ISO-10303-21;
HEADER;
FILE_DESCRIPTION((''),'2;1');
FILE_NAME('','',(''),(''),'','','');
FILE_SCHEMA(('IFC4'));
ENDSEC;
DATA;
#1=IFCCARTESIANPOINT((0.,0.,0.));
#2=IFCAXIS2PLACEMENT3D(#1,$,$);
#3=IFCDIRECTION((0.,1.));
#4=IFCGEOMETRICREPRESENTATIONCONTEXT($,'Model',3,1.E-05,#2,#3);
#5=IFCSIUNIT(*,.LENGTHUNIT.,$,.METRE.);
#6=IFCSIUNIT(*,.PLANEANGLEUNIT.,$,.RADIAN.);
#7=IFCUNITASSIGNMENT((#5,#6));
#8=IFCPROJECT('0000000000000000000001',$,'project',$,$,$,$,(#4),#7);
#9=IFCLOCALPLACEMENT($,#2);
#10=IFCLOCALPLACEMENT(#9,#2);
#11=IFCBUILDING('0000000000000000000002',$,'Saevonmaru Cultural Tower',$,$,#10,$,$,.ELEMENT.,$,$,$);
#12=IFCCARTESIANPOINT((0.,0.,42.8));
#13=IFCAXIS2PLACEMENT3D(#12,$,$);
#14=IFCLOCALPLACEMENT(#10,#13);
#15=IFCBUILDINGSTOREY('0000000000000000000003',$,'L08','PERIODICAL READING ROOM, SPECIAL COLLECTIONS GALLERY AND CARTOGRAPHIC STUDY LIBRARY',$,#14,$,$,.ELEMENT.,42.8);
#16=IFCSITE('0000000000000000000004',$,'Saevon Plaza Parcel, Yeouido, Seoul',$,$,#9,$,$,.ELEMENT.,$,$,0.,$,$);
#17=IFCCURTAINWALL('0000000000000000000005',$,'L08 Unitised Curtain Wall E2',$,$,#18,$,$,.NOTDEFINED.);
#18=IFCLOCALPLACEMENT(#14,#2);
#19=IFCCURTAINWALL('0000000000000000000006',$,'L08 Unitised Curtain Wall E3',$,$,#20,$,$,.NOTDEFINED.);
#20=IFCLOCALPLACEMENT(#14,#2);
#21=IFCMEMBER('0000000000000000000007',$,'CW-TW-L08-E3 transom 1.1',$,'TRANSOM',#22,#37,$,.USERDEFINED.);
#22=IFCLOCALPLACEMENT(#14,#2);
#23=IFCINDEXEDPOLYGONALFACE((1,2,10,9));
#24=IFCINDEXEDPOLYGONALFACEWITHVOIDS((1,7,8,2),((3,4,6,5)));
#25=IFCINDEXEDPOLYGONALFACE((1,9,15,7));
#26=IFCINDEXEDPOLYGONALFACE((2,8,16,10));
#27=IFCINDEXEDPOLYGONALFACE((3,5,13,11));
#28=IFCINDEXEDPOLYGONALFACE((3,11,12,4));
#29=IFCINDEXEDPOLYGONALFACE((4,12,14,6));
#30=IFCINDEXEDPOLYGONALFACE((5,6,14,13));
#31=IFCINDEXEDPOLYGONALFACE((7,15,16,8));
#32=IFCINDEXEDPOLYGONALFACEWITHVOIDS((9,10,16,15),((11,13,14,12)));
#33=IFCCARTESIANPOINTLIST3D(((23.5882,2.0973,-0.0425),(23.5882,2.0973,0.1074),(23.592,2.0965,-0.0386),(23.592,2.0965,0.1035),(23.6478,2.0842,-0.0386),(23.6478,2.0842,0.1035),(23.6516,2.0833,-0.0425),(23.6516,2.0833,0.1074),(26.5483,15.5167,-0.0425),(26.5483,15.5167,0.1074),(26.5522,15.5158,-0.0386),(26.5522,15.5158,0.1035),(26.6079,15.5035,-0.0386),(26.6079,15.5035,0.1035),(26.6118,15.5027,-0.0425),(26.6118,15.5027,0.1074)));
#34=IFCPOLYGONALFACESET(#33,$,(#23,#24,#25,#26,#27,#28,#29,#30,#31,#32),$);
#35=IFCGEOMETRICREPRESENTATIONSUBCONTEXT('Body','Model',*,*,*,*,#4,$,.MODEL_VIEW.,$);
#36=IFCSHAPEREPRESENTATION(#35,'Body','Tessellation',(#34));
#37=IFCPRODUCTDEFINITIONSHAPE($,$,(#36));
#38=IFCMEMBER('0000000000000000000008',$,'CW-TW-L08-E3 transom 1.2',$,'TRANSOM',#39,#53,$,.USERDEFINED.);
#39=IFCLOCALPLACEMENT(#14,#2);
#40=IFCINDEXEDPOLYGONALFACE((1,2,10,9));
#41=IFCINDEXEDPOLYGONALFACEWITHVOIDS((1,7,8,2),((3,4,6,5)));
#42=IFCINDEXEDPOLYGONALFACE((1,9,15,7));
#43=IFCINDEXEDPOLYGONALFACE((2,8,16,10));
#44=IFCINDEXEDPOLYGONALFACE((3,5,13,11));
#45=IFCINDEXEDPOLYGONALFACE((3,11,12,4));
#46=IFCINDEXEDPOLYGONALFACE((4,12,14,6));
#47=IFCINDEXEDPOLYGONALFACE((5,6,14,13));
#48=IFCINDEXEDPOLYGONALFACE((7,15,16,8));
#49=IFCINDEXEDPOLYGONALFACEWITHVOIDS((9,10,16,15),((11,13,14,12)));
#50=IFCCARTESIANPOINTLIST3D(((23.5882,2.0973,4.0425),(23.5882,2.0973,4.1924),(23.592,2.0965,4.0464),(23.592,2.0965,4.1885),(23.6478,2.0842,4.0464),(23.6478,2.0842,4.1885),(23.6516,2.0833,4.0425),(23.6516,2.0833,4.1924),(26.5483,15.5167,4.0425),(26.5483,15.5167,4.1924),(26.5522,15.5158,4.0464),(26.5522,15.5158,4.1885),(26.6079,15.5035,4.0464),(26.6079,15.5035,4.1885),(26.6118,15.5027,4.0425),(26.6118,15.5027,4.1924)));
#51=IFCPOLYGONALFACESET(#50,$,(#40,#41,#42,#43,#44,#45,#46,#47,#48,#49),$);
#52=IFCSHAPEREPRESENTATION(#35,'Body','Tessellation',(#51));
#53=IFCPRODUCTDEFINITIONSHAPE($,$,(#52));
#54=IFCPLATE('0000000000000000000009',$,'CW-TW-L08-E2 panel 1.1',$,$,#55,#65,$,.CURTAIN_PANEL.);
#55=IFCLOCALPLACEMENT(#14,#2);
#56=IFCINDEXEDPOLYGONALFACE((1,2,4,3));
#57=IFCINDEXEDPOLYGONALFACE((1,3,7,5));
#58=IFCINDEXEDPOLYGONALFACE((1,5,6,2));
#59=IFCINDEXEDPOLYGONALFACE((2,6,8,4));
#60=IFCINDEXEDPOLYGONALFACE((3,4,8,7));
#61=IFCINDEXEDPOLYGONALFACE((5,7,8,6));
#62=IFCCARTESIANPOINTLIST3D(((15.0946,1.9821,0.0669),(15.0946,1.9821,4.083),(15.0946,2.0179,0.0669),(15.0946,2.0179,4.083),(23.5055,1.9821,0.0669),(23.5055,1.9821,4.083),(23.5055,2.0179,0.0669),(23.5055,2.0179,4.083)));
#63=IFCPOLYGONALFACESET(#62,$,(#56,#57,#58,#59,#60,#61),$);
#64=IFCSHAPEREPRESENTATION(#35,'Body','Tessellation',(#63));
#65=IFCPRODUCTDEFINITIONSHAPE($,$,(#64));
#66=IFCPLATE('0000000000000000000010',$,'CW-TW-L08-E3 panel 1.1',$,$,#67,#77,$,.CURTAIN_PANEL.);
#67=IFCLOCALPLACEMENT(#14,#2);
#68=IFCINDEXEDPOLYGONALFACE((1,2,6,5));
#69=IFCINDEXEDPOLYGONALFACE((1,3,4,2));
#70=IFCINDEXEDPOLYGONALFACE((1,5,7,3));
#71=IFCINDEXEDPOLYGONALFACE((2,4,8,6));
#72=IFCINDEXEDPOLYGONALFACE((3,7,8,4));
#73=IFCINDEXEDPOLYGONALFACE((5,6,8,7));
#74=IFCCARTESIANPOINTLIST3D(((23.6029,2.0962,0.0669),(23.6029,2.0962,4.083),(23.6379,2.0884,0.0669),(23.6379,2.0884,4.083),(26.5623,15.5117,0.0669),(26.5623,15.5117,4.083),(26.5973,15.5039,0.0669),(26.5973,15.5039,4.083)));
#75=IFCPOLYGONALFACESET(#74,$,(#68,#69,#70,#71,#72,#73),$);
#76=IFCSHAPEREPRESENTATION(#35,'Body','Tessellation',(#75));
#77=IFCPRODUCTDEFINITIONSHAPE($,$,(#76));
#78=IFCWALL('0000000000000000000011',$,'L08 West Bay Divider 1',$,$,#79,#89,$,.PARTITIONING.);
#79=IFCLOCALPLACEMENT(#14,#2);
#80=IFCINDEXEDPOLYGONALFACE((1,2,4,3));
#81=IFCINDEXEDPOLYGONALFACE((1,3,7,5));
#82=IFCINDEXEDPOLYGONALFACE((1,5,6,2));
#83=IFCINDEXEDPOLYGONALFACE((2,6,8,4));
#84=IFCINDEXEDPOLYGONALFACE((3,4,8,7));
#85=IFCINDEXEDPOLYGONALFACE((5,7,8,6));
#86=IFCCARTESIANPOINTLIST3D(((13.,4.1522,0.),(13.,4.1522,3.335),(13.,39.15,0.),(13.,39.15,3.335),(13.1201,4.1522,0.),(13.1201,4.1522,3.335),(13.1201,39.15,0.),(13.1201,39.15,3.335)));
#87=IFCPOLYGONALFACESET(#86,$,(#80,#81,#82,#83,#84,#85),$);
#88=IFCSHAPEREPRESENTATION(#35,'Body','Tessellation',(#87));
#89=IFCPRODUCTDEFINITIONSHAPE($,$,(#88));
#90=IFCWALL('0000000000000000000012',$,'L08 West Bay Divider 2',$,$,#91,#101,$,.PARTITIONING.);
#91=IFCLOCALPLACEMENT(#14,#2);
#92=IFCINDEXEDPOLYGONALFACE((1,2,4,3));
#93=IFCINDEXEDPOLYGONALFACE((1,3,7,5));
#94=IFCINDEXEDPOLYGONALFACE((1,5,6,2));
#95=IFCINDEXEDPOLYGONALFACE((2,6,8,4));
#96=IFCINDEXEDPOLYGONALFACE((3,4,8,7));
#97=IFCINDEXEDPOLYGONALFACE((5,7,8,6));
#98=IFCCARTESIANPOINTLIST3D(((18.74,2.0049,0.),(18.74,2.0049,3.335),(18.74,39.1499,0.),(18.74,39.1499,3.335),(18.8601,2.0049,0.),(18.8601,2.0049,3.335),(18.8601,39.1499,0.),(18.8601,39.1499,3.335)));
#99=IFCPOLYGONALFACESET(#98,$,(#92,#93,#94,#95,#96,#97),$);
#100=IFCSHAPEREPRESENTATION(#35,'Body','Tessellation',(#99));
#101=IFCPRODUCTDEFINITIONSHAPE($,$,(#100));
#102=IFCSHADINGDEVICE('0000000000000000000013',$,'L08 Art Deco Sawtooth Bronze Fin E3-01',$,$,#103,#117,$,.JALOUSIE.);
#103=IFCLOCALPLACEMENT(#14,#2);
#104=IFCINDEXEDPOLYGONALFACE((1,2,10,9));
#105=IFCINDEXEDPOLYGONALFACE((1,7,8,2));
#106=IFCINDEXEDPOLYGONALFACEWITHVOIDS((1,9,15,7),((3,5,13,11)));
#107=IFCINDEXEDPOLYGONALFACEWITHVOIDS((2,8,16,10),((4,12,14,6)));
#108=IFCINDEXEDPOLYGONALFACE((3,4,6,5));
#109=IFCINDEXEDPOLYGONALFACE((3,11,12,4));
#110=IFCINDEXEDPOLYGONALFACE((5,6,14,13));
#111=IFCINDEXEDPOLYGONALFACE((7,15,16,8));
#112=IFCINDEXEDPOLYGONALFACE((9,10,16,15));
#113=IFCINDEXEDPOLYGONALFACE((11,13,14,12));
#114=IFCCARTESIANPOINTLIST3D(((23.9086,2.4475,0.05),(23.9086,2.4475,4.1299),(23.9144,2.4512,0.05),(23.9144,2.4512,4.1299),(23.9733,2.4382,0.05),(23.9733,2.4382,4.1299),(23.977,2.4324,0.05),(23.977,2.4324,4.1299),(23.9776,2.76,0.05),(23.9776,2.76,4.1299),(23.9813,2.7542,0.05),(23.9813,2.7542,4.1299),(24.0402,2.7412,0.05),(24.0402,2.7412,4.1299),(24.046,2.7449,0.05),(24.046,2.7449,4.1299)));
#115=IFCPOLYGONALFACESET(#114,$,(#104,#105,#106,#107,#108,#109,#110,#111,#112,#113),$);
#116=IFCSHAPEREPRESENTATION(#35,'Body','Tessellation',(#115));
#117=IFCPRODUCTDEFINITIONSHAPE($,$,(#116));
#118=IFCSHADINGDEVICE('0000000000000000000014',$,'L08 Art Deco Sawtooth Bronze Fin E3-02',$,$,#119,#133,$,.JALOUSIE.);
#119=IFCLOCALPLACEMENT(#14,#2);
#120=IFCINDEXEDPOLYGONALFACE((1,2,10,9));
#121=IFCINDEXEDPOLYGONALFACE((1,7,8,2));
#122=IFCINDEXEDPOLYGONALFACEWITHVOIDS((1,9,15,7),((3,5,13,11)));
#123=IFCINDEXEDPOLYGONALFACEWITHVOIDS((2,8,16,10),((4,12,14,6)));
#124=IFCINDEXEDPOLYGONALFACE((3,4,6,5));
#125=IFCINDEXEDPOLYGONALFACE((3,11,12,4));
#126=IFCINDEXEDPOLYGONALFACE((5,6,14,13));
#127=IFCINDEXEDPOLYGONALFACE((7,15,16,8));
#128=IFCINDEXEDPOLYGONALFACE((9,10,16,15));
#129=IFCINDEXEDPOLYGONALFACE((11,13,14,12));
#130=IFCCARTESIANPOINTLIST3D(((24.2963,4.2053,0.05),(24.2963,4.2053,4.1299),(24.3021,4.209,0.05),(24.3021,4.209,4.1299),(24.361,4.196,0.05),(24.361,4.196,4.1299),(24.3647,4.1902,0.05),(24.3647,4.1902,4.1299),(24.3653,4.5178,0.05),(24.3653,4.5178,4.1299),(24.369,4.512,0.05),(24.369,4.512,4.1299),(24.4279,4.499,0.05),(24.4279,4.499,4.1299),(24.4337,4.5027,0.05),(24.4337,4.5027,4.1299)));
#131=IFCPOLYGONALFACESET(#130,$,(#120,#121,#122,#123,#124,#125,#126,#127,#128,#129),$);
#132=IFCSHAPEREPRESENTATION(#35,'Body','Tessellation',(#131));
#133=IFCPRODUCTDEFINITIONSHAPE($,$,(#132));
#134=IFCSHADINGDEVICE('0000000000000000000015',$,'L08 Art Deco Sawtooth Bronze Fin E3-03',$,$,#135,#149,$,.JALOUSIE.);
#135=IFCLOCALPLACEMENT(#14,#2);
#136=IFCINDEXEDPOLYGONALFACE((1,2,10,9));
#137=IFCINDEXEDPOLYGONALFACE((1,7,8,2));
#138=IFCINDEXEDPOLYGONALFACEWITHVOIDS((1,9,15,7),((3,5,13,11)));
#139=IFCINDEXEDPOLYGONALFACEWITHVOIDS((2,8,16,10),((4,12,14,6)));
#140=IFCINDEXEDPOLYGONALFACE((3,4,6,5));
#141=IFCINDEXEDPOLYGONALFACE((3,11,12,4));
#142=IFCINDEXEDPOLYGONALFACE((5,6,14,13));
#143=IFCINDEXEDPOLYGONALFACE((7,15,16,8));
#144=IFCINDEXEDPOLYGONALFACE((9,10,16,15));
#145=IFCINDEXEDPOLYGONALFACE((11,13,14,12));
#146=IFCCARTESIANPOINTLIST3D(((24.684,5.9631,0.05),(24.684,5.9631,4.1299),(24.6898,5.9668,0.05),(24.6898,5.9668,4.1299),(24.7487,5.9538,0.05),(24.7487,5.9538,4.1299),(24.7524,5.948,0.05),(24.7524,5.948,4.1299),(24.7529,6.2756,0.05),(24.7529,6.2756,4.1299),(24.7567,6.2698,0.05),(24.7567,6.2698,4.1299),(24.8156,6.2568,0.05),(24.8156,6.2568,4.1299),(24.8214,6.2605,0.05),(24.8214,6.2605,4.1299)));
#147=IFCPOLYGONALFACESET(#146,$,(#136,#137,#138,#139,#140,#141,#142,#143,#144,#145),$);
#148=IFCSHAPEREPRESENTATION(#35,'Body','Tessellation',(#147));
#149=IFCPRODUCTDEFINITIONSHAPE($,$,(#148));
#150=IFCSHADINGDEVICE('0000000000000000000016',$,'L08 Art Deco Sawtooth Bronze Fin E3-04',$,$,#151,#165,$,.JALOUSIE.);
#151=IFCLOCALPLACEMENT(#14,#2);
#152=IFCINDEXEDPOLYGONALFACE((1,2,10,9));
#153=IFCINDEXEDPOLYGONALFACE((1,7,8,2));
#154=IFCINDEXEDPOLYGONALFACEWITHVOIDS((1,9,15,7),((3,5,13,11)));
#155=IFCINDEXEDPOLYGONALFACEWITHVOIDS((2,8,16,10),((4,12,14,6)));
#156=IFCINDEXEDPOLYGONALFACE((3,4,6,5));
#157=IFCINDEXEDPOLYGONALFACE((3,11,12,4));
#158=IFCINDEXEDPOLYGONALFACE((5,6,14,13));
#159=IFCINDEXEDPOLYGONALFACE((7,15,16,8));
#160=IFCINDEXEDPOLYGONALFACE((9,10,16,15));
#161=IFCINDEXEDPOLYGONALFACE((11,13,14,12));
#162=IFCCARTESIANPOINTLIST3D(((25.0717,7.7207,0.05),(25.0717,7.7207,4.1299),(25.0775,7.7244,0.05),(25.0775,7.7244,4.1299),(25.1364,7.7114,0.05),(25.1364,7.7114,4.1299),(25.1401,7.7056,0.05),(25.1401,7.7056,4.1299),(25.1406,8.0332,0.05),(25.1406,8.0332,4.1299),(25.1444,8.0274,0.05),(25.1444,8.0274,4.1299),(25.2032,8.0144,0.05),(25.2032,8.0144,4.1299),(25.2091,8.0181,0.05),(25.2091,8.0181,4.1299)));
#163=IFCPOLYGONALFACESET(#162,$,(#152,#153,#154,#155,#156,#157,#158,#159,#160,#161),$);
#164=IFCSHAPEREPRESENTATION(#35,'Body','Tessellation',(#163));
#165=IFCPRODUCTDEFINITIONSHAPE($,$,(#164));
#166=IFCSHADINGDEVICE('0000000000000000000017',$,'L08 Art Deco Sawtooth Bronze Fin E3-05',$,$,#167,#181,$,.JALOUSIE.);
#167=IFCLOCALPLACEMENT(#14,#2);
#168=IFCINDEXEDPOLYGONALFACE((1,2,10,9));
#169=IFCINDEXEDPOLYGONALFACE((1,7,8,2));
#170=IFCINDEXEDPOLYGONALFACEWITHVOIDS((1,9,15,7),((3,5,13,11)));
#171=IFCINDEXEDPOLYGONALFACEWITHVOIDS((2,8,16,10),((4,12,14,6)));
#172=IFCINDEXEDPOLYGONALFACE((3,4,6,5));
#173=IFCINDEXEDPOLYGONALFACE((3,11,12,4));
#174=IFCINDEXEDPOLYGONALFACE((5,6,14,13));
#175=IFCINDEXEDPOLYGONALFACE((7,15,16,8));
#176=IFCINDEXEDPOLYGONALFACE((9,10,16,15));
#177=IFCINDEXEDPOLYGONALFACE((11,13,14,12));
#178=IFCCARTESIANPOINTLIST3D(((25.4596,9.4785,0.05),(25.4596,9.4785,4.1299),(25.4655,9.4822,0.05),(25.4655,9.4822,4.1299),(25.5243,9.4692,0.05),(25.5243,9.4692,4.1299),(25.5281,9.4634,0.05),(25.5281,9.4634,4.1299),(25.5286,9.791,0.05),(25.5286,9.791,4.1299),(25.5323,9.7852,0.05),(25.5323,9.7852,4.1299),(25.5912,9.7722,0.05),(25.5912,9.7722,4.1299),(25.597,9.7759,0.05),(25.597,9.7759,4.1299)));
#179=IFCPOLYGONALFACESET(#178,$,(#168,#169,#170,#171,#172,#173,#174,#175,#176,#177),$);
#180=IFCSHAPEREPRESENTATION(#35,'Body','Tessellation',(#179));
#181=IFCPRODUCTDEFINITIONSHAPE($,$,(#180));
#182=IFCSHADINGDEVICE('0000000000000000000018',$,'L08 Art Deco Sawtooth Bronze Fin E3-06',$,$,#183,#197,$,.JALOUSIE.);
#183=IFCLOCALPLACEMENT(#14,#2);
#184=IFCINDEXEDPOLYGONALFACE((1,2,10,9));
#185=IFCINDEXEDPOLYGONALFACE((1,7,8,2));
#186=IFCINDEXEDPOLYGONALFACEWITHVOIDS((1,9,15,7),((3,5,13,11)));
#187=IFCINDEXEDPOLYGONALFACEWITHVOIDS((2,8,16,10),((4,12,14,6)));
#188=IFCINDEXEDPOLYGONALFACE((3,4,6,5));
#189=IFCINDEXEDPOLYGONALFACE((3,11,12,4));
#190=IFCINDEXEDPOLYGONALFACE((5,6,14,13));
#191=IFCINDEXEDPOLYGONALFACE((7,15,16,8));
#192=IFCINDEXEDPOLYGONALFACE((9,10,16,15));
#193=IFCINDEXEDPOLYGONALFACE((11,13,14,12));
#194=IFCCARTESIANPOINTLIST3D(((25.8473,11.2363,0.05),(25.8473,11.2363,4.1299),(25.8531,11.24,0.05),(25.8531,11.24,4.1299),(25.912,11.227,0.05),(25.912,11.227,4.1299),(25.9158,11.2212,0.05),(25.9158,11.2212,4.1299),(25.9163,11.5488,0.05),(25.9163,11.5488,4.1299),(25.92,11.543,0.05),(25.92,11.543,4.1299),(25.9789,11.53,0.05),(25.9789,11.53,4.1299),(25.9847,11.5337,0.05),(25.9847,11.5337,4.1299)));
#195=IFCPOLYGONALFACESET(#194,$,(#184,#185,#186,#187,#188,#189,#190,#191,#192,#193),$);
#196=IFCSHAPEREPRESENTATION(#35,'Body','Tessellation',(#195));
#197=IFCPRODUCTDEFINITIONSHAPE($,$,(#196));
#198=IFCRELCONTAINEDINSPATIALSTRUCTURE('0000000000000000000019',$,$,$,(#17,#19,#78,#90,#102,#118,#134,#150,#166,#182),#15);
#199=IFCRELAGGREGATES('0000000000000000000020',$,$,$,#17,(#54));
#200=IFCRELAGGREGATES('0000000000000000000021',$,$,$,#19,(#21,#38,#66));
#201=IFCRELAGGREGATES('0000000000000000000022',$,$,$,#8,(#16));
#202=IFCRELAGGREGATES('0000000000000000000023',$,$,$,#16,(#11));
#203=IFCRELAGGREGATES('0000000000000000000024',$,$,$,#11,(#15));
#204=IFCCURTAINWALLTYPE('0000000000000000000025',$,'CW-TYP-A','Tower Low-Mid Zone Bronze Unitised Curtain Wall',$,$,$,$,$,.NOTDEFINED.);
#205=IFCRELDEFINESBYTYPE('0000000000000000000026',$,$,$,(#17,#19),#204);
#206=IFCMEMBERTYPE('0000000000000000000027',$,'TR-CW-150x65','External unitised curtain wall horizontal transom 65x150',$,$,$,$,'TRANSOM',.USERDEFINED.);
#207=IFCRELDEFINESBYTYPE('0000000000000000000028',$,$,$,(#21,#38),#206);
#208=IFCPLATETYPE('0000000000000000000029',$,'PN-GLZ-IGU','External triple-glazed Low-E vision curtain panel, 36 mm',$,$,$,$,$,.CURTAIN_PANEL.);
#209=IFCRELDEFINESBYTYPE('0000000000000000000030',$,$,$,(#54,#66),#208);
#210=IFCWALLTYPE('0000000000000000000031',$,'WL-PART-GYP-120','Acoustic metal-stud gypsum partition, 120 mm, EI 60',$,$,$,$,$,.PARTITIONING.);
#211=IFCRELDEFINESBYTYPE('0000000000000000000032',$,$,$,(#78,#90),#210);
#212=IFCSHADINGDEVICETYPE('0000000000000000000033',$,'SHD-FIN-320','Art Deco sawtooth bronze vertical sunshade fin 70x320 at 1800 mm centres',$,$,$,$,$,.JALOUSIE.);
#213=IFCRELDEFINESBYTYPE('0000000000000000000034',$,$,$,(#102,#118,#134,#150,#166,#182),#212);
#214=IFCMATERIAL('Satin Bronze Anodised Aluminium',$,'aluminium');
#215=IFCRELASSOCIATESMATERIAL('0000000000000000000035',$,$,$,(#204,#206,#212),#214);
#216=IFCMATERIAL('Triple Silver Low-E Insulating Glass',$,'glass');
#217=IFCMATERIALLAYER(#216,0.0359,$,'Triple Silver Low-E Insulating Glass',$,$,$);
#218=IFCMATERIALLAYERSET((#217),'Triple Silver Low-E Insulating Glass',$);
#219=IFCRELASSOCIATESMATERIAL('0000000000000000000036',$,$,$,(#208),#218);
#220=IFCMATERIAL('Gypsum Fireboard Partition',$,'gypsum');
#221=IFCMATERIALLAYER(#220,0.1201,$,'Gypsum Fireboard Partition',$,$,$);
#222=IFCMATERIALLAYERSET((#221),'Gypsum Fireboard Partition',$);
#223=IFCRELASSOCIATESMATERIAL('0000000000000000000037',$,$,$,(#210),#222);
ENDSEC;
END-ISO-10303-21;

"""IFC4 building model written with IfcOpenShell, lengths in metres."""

from ifc_helpers import new_model, si_unit, direction, frame, frame_2d, origin, origin_2d, place, context, subcontext, project, spatial, rectangle, hollow_rectangle, extrude, material, layer, layer_set, material_profile, profile_set, type_object, element, aggregate, save


model = new_model("IFC4")

# Units and contexts
model_context = context("Model", 3, precision=1e-05, world=origin(), true_north=direction((0.0, 1.0)))
body_context = subcontext(model_context, "Body", "Model", "MODEL_VIEW")
ifc_project = project(units=[si_unit("LENGTHUNIT", "METRE"), si_unit("PLANEANGLEUNIT", "RADIAN")], contexts=[model_context])

# Site, building, storey
site_placement = place(None, origin())
site = spatial("IfcSite", under=ifc_project, at=site_placement, Name="Saevon Plaza Parcel, Yeouido, Seoul", CompositionType="ELEMENT", RefElevation=0.0)
building_placement = place(site_placement, origin())
building = spatial("IfcBuilding", under=site, at=building_placement, Name="Saevonmaru Cultural Tower", CompositionType="ELEMENT")
storey_placement = place(building_placement, frame((0.0, 0.0, 42.8)))
storey = spatial("IfcBuildingStorey", under=building, at=storey_placement, Name="L08", Description="PERIODICAL READING ROOM, SPECIAL COLLECTIONS GALLERY AND CARTOGRAPHIC STUDY LIBRARY", CompositionType="ELEMENT", Elevation=42.8)

# Curtain wall
ifc_material_1 = material(Name="Satin Bronze Anodised Aluminium", Category="aluminium")
curtain_wall_type = type_object("IfcCurtainWallType", Name="CW-TYP-A", Description="Tower Low-Mid Zone Bronze Unitised Curtain Wall", PredefinedType="NOTDEFINED", material=ifc_material_1)
curtain_wall_1_placement = place(storey_placement, origin())
curtain_wall_1 = element("IfcCurtainWall", 1, at=curtain_wall_1_placement, inside=storey, type_object=curtain_wall_type, Name="L08 Unitised Curtain Wall E2", PredefinedType="NOTDEFINED")

# Curtain wall
curtain_wall_2_placement = place(storey_placement, origin())
curtain_wall_2 = element("IfcCurtainWall", 2, at=curtain_wall_2_placement, inside=storey, type_object=curtain_wall_type, Name="L08 Unitised Curtain Wall E3", PredefinedType="NOTDEFINED")

# Members
ifc_material_profile_1 = material_profile(ifc_material_1, hollow_rectangle(XDim=0.0649, YDim=0.1499, WallThickness=0.0039, at=origin_2d()), Name="ALU-TRAN-150x65x4")
ifc_profile_set_1 = profile_set([ifc_material_profile_1], Name="Satin Bronze Anodised Aluminium")
member_type_1 = type_object("IfcMemberType", Name="TR-CW-150x65", Description="External unitised curtain wall horizontal transom 65x150", ElementType="TRANSOM", PredefinedType="USERDEFINED", material=ifc_profile_set_1)
member_1_placement = place(storey_placement, frame((23.6199, 2.0903, 0.0325), z_axis=(0.215412, 0.976523, 0.0), x_axis=(-0.976523, 0.215412, 0.0)))
member_1 = element("IfcMember", 3, at=member_1_placement, type_object=member_type_1, Name="CW-TW-L08-E3 transom 1.1", ObjectType="TRANSOM", PredefinedType="USERDEFINED", context=body_context, shape_type="SweptSolid", body=[
    extrude(hollow_rectangle(XDim=0.0649, YDim=0.1499, WallThickness=0.0039, at=origin_2d()), origin(), (0.0, 0.0, 1.0), 13.7419),
])
member_2_placement = place(storey_placement, frame((23.6199, 2.0903, 4.1174), z_axis=(0.215412, 0.976523, 0.0), x_axis=(-0.976523, 0.215412, 0.0)))
member_2 = element("IfcMember", 4, at=member_2_placement, type_object=member_type_1, Name="CW-TW-L08-E3 transom 1.2", ObjectType="TRANSOM", PredefinedType="USERDEFINED", context=body_context, shape_type="SweptSolid", body=[
    extrude(hollow_rectangle(XDim=0.0649, YDim=0.1499, WallThickness=0.0039, at=origin_2d()), origin(), (0.0, 0.0, 1.0), 13.7419),
])

# Plates
ifc_material_2 = material(Name="Triple Silver Low-E Insulating Glass", Category="glass")
ifc_layer_1 = layer(ifc_material_2, 0.0359, Name="Triple Silver Low-E Insulating Glass")
ifc_layer_set_1 = layer_set([ifc_layer_1], Name="Triple Silver Low-E Insulating Glass")
plate_type = type_object("IfcPlateType", Name="PN-GLZ-IGU", Description="External triple-glazed Low-E vision curtain panel, 36 mm", PredefinedType="CURTAIN_PANEL", material=ifc_layer_set_1)
plate_1_placement = place(storey_placement, frame((19.3, 2.0, 0.0669), z_axis=(0.0, 0.0, 1.0), x_axis=(1.0, 0.0, 0.0)))
plate_1 = element("IfcPlate", 5, at=plate_1_placement, type_object=plate_type, Name="CW-TW-L08-E2 panel 1.1", PredefinedType="CURTAIN_PANEL", context=body_context, shape_type="SweptSolid", body=[
    extrude(rectangle(XDim=8.4109, YDim=0.0359, at=origin_2d()), origin(), (0.0, 0.0, 1.0), 4.0161),
])
aggregate(curtain_wall_1, [plate_1])
plate_2_placement = place(storey_placement, frame((25.1001, 8.8, 0.0669), z_axis=(0.0, 0.0, 1.0), x_axis=(0.215413, 0.976523, 0.0)))
plate_2 = element("IfcPlate", 6, at=plate_2_placement, type_object=plate_type, Name="CW-TW-L08-E3 panel 1.1", PredefinedType="CURTAIN_PANEL", context=body_context, shape_type="SweptSolid", body=[
    extrude(rectangle(XDim=13.738, YDim=0.0359, at=origin_2d()), origin(), (0.0, 0.0, 1.0), 4.0161),
])
aggregate(curtain_wall_2, [member_1, member_2, plate_2])

# Walls
ifc_material_3 = material(Name="Gypsum Fireboard Partition", Category="gypsum")
ifc_layer_2 = layer(ifc_material_3, 0.1201, Name="Gypsum Fireboard Partition")
ifc_layer_set_2 = layer_set([ifc_layer_2], Name="Gypsum Fireboard Partition")
wall_type = type_object("IfcWallType", Name="WL-PART-GYP-120", Description="Acoustic metal-stud gypsum partition, 120 mm, EI 60", PredefinedType="PARTITIONING", material=ifc_layer_set_2)
wall_1_placement = place(storey_placement, frame((13.0601, 4.1521, 0.0), z_axis=(0.0, 0.0, 1.0), x_axis=(0.0, 1.0, 0.0)))
element("IfcWall", 7, at=wall_1_placement, inside=storey, type_object=wall_type, Name="L08 West Bay Divider 1", PredefinedType="PARTITIONING", context=body_context, shape_type="SweptSolid", body=[
    extrude(rectangle(XDim=34.9978, YDim=0.1201, at=frame_2d((17.499, 0.0))), origin(), (0.0, 0.0, 1.0), 3.335),
])
wall_2_placement = place(storey_placement, frame((18.8, 2.0049, 0.0), z_axis=(0.0, 0.0, 1.0), x_axis=(0.0, 1.0, 0.0)))
element("IfcWall", 8, at=wall_2_placement, inside=storey, type_object=wall_type, Name="L08 West Bay Divider 2", PredefinedType="PARTITIONING", context=body_context, shape_type="SweptSolid", body=[
    extrude(rectangle(XDim=37.145, YDim=0.1201, at=frame_2d((18.5725, 0.0))), origin(), (0.0, 0.0, 1.0), 3.335),
])

# Shading devices
ifc_material_profile_2 = material_profile(ifc_material_1, hollow_rectangle(XDim=0.0701, YDim=0.3201, WallThickness=0.0049, at=origin_2d()), Name="FIN-320x70")
ifc_profile_set_2 = profile_set([ifc_material_profile_2], Name="Satin Bronze Anodised Aluminium")
shading_device_type = type_object("IfcShadingDeviceType", Name="SHD-FIN-320", Description="Art Deco sawtooth bronze vertical sunshade fin 70x320 at 1800 mm centres", PredefinedType="JALOUSIE", material=ifc_profile_set_2)
for number, where, z_axis, x_axis, name in (
    (9, (23.9773, 2.5962, 0.05), (0.0, 0.0, 1.0), (0.976522, -0.215417, 0.0), "L08 Art Deco Sawtooth Bronze Fin E3-01"),
    (10, (24.365, 4.354, 0.05), (0.0, 0.0, 1.0), (0.976522, -0.215417, 0.0), "L08 Art Deco Sawtooth Bronze Fin E3-02"),
    (11, (24.7527, 6.1118, 0.05), (0.0, 0.0, 1.0), (0.976522, -0.215417, 0.0), "L08 Art Deco Sawtooth Bronze Fin E3-03"),
    (12, (25.1404, 7.8694, 0.05), (0.0, 0.0, 1.0), (0.976522, -0.215417, 0.0), "L08 Art Deco Sawtooth Bronze Fin E3-04"),
    (13, (25.5283, 9.6272, 0.05), (0.0, 0.0, 1.0), (0.976522, -0.215417, 0.0), "L08 Art Deco Sawtooth Bronze Fin E3-05"),
    (14, (25.916, 11.385, 0.05), (0.0, 0.0, 1.0), (0.976522, -0.215417, 0.0), "L08 Art Deco Sawtooth Bronze Fin E3-06"),
):
    element("IfcShadingDevice", number, at=place(storey_placement, frame(where, z_axis=z_axis, x_axis=x_axis)), inside=storey, type_object=shading_device_type, Name=name, PredefinedType="JALOUSIE", context=body_context, shape_type="SweptSolid", body=[
        extrude(hollow_rectangle(XDim=0.0701, YDim=0.3201, WallThickness=0.0049, at=origin_2d()), origin(), (0.0, 0.0, 1.0), 4.0798),
    ])

save(model, "model.ifc")
